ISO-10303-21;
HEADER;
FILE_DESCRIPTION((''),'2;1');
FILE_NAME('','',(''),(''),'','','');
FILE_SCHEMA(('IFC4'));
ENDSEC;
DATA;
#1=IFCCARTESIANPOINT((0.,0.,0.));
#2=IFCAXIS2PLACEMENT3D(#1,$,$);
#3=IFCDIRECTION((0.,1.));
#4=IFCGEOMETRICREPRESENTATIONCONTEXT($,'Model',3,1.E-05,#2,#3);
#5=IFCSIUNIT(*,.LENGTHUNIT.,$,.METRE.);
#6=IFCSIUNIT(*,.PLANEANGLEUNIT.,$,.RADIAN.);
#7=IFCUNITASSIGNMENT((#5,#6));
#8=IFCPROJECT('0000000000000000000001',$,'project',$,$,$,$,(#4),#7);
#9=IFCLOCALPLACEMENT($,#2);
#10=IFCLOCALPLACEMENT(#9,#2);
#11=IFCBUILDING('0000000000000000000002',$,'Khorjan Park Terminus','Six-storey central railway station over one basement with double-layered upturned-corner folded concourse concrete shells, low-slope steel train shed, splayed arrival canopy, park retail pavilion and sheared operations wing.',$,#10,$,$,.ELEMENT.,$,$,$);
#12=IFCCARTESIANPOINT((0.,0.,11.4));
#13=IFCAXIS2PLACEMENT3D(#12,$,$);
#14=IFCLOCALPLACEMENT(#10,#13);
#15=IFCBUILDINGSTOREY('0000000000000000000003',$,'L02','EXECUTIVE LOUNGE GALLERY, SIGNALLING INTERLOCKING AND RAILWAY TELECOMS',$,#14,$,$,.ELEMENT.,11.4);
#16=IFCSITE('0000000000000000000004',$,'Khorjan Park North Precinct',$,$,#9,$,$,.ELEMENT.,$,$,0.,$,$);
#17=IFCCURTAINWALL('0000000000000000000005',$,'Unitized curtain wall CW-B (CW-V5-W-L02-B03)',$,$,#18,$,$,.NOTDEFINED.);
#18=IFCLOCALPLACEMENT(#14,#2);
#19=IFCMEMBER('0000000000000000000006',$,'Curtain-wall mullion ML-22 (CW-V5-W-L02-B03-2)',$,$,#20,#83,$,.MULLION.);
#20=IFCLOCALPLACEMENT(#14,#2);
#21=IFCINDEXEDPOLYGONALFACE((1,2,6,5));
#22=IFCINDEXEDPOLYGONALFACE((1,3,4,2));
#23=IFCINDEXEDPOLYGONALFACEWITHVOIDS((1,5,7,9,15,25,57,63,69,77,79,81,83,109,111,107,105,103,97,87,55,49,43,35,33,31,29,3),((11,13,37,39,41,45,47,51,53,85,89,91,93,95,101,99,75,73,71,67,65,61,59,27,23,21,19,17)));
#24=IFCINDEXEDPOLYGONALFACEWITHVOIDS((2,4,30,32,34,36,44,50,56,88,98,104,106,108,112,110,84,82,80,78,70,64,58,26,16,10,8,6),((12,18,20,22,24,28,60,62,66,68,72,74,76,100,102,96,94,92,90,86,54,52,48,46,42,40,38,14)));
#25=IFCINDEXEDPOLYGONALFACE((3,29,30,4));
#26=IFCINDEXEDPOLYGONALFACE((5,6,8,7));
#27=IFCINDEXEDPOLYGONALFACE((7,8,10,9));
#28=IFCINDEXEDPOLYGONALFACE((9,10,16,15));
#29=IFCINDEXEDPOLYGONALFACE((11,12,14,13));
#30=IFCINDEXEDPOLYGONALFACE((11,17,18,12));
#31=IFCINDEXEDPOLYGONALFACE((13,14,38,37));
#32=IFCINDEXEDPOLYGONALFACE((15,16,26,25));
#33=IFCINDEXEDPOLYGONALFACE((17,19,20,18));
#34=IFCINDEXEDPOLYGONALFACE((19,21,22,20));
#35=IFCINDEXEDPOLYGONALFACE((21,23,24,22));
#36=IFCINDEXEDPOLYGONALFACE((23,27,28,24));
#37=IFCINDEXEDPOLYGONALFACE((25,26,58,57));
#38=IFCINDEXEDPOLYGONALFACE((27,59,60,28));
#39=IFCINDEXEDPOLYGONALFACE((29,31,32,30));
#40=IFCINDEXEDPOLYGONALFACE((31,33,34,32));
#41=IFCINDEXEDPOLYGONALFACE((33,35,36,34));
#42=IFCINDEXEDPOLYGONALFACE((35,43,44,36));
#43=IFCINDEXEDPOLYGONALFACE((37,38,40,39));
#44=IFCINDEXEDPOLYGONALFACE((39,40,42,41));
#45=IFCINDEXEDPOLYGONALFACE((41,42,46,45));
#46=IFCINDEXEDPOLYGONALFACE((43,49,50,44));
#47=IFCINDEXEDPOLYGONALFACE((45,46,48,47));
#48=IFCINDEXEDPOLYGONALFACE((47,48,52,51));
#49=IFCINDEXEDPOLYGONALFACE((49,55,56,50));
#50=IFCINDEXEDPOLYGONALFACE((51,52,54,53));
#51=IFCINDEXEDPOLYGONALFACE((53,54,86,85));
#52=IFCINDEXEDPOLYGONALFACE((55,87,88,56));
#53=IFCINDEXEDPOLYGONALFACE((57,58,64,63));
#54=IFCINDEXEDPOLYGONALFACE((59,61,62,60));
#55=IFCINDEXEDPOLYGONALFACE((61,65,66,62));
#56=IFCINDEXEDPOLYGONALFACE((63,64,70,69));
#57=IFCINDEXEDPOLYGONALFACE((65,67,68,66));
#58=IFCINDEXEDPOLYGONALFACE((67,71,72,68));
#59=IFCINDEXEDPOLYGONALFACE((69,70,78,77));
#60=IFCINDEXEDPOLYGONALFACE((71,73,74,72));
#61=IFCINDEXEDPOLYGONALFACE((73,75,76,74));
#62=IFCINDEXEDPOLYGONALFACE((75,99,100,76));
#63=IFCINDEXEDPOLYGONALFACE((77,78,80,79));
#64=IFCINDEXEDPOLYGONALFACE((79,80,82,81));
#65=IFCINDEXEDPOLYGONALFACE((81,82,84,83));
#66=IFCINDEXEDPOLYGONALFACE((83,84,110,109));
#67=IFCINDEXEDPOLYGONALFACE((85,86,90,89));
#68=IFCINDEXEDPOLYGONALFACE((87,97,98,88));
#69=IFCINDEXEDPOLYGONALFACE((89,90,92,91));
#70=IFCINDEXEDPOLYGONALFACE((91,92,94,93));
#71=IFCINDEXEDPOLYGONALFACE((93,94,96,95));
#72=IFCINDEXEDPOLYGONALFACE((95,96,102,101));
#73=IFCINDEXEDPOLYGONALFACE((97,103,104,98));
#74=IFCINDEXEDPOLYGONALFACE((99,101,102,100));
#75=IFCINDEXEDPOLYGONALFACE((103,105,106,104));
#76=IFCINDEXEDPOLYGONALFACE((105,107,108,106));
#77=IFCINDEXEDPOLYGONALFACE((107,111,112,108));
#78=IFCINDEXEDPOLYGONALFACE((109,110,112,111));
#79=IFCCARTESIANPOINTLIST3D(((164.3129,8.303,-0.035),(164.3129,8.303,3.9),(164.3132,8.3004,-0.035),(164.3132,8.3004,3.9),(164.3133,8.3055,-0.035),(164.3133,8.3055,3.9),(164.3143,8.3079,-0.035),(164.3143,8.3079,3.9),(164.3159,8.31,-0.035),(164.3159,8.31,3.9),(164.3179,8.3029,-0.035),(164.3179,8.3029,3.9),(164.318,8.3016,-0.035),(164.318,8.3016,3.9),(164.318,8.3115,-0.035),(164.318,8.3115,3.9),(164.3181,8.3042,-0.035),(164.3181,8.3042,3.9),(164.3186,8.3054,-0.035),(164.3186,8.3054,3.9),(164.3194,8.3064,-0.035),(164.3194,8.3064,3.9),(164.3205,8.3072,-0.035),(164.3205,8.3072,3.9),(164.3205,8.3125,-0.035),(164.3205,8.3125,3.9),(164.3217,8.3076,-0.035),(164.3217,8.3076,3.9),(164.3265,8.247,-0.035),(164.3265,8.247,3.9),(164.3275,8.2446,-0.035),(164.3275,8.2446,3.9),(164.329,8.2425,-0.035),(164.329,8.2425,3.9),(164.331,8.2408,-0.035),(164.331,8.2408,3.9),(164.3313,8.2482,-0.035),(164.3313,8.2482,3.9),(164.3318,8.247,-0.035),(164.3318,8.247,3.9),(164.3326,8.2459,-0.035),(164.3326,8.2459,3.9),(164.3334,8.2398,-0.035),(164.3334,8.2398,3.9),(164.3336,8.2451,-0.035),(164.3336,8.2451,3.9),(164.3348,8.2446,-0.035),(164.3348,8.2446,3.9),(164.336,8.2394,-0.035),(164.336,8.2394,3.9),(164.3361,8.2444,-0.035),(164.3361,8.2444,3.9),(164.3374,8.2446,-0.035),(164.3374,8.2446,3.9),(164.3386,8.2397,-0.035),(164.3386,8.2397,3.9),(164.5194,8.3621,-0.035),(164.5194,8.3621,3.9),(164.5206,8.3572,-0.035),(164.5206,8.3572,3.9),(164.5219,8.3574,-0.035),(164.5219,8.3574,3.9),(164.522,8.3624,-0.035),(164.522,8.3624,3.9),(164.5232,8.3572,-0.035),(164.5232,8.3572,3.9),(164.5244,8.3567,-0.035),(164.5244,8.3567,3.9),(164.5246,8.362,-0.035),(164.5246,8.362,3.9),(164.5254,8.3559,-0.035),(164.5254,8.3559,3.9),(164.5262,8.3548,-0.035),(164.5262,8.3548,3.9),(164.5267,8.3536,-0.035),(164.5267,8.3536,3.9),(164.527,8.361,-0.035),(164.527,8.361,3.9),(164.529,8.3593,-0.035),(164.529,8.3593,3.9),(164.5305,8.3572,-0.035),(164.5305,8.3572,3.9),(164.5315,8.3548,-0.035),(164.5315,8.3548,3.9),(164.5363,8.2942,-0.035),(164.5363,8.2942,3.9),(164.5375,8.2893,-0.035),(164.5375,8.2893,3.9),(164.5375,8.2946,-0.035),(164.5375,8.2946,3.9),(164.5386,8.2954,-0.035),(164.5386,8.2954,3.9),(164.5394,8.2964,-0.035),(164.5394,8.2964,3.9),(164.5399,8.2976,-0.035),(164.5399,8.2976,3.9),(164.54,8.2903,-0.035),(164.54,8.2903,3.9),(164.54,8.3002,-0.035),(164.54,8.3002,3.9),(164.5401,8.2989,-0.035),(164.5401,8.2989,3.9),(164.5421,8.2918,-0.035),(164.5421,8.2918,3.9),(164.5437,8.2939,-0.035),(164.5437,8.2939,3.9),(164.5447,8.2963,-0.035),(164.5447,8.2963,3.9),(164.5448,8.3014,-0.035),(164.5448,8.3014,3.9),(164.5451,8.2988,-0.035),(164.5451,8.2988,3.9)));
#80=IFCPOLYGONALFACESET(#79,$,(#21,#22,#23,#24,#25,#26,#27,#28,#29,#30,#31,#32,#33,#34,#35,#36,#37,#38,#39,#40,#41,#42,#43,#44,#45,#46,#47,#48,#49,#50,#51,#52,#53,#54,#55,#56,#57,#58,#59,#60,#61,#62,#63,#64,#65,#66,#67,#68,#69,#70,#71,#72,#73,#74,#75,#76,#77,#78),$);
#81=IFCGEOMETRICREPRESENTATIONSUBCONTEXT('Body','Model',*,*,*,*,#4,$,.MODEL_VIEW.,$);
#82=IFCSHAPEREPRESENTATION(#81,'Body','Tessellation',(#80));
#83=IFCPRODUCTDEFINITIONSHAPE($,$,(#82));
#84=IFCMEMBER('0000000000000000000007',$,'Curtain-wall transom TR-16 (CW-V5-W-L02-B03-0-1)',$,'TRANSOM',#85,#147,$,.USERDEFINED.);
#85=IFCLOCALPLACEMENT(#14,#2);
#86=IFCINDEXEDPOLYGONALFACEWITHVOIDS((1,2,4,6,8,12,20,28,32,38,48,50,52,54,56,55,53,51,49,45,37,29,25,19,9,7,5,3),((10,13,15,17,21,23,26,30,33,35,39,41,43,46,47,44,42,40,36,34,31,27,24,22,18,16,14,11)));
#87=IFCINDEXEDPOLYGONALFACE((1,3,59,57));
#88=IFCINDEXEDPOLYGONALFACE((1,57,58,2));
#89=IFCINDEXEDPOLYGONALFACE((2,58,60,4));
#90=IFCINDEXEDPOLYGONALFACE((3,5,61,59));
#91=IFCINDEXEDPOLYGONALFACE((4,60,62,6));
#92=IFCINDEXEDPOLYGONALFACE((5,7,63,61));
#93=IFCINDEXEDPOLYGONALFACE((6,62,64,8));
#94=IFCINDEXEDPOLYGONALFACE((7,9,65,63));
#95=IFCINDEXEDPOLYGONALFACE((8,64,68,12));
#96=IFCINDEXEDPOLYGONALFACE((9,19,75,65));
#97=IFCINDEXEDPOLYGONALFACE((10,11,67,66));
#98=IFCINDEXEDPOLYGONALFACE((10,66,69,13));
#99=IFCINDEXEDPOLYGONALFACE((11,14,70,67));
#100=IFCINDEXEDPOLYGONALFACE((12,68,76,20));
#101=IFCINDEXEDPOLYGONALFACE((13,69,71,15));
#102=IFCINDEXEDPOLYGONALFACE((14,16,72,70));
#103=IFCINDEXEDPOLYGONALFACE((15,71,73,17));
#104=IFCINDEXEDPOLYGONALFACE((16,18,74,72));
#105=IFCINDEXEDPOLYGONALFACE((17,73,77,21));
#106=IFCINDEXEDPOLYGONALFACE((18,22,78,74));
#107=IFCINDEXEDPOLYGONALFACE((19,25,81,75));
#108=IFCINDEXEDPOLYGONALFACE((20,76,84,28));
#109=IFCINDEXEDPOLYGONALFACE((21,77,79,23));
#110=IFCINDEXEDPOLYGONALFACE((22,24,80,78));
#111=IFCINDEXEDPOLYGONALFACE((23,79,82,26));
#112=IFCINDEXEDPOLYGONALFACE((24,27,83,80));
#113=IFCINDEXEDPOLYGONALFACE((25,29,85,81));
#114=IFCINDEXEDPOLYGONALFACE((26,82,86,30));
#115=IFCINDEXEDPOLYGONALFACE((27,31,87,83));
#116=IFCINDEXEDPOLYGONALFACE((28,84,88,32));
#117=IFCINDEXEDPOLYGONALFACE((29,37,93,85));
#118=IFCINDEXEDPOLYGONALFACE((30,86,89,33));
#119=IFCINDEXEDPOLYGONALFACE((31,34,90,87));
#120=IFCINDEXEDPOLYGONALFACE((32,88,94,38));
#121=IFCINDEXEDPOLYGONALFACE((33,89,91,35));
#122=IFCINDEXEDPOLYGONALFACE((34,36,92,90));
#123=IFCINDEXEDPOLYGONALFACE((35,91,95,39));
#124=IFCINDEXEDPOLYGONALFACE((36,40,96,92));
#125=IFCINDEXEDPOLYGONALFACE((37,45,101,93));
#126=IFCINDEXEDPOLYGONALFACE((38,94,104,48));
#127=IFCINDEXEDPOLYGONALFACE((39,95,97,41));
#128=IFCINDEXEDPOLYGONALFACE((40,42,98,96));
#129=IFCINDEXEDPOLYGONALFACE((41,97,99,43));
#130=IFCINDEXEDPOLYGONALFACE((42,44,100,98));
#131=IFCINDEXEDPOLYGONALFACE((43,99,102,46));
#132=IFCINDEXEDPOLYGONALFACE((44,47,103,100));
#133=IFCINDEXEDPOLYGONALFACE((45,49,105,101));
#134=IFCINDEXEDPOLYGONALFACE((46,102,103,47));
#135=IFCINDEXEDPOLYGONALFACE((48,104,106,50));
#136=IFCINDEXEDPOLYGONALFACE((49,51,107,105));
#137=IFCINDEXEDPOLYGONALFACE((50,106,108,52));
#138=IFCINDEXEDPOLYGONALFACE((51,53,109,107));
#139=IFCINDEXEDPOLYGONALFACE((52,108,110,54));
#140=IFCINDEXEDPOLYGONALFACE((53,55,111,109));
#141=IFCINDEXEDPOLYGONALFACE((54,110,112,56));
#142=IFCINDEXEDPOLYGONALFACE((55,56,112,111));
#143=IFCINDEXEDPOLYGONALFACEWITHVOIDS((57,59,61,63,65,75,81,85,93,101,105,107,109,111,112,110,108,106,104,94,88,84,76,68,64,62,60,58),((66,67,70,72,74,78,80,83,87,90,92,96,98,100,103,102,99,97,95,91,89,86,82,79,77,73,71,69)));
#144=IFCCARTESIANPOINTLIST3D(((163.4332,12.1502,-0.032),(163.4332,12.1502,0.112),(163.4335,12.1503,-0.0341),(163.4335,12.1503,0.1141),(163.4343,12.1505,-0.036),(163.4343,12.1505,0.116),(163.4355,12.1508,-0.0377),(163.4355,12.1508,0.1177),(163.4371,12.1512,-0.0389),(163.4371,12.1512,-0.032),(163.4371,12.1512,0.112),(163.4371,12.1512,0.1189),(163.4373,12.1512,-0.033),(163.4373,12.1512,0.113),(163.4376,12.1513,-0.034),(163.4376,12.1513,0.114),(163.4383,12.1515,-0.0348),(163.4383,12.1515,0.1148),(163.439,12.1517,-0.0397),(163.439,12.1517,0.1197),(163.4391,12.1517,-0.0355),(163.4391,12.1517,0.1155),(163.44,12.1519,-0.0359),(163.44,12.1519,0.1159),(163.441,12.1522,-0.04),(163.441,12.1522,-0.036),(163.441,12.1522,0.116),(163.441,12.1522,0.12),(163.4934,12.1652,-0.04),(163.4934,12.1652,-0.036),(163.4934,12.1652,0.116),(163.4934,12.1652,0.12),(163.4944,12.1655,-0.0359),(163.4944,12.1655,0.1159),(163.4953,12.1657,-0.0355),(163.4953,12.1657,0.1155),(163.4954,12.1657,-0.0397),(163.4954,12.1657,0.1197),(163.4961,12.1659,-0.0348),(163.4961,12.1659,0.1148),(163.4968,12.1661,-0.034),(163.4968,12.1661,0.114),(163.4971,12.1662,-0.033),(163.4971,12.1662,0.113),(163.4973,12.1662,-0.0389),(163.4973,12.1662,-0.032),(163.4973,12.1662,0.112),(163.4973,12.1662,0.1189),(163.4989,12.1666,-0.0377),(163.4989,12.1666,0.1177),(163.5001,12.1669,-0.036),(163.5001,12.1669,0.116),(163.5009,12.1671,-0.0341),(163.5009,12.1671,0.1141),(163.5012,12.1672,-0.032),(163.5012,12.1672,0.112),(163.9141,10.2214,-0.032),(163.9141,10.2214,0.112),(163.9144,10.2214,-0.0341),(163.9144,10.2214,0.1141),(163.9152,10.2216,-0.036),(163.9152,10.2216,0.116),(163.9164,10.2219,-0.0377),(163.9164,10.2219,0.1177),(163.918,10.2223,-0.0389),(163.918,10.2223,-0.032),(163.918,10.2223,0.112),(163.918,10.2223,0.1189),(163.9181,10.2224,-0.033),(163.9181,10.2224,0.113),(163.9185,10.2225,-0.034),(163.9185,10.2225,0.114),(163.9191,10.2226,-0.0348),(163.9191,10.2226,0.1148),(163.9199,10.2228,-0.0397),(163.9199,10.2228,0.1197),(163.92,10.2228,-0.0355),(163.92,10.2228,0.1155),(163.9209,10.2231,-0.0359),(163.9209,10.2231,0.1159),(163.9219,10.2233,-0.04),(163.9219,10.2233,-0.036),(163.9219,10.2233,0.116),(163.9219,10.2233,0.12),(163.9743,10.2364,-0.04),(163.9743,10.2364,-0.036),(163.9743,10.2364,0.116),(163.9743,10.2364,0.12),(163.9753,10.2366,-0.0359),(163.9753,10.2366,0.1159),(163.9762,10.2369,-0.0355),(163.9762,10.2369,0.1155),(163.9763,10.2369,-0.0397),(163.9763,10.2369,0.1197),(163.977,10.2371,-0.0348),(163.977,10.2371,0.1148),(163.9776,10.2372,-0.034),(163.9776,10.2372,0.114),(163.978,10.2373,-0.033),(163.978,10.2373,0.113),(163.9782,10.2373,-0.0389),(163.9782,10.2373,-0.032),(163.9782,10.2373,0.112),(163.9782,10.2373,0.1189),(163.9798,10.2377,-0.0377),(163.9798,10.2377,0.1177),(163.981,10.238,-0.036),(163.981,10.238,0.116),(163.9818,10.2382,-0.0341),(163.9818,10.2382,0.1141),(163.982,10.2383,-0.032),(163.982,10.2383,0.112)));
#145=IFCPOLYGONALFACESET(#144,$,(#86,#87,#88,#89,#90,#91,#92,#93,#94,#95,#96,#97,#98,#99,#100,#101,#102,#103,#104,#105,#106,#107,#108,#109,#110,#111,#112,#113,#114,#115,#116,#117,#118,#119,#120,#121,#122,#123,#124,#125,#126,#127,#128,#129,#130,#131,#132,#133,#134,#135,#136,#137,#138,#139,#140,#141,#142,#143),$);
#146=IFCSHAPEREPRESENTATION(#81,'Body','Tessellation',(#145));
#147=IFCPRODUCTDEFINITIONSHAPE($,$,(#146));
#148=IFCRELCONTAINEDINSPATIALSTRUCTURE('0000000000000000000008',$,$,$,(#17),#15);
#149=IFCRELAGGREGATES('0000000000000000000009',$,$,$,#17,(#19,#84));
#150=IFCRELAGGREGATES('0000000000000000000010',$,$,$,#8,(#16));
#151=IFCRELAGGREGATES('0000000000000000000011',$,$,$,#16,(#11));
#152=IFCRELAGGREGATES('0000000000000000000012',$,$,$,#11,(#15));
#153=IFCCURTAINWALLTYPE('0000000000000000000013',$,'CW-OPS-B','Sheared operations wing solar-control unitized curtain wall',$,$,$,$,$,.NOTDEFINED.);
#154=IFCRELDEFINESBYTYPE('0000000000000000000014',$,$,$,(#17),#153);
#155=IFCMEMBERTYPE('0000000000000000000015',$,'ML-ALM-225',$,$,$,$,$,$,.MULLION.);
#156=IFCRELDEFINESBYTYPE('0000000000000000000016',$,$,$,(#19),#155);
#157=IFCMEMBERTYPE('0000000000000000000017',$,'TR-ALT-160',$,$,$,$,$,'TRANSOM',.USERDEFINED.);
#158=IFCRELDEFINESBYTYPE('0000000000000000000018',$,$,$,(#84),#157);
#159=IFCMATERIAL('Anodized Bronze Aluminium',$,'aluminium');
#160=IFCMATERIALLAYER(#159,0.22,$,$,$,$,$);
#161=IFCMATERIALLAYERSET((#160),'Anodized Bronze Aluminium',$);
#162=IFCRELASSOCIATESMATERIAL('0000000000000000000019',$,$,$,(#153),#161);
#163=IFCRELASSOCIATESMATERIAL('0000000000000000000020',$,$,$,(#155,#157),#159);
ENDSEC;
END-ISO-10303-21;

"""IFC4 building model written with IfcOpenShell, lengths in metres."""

from ifc_helpers import new_model, si_unit, direction, frame, origin, origin_2d, place, context, subcontext, project, spatial, hollow_rectangle, extrude, material, layer, layer_set, material_profile, profile_set, type_object, element, aggregate, save


model = new_model("IFC4")

# Units and contexts
model_context = context("Model", 3, precision=1e-05, world=origin(), true_north=direction((0.0, 1.0)))
body_context = subcontext(model_context, "Body", "Model", "MODEL_VIEW")
ifc_project = project(units=[si_unit("LENGTHUNIT", "METRE"), si_unit("PLANEANGLEUNIT", "RADIAN")], contexts=[model_context])

# Site, building, storey
site_placement = place(None, origin())
site = spatial("IfcSite", under=ifc_project, at=site_placement, Name="Khorjan Park North Precinct", CompositionType="ELEMENT", RefElevation=0.0)
building_placement = place(site_placement, origin())
building = spatial("IfcBuilding", under=site, at=building_placement, Name="Khorjan Park Terminus", Description="Six-storey central railway station over one basement with double-layered upturned-corner folded concourse concrete shells, low-slope steel train shed, splayed arrival canopy, park retail pavilion and sheared operations wing.", CompositionType="ELEMENT")
storey_placement = place(building_placement, frame((0.0, 0.0, 11.4)))
storey = spatial("IfcBuildingStorey", under=building, at=storey_placement, Name="L02", Description="EXECUTIVE LOUNGE GALLERY, SIGNALLING INTERLOCKING AND RAILWAY TELECOMS", CompositionType="ELEMENT", Elevation=11.4)

# Curtain wall, members
ifc_material_1 = material(Name="Anodized Bronze Aluminium", Category="aluminium")
ifc_layer_1 = layer(ifc_material_1, 0.22)
ifc_layer_set_1 = layer_set([ifc_layer_1], Name="Anodized Bronze Aluminium")
curtain_wall_type = type_object("IfcCurtainWallType", Name="CW-OPS-B", Description="Sheared operations wing solar-control unitized curtain wall", PredefinedType="NOTDEFINED", material=ifc_layer_set_1)
curtain_wall_placement = place(storey_placement, origin())
curtain_wall = element("IfcCurtainWall", 1, at=curtain_wall_placement, inside=storey, type_object=curtain_wall_type, Name="Unitized curtain wall CW-B (CW-V5-W-L02-B03)", PredefinedType="NOTDEFINED")
ifc_material_profile_1 = material_profile(ifc_material_1, hollow_rectangle(XDim=0.075, YDim=0.225, WallThickness=0.005, InnerFilletRadius=0.005, OuterFilletRadius=0.01, at=origin_2d()), Name="ALM 75x225x5")
ifc_profile_set_1 = profile_set([ifc_material_profile_1], Name="Anodized Bronze Aluminium")
member_type_1 = type_object("IfcMemberType", Name="ML-ALM-225", PredefinedType="MULLION", material=ifc_profile_set_1)
member_1_placement = place(storey_placement, frame((164.429, 8.3009, -0.035), z_axis=(0.0, 0.0, 1.0), x_axis=(0.24192, -0.970296, 0.0)))
member_1 = element("IfcMember", 2, at=member_1_placement, type_object=member_type_1, Name="Curtain-wall mullion ML-22 (CW-V5-W-L02-B03-2)", PredefinedType="MULLION", context=body_context, shape_type="SweptSolid", body=[
    extrude(hollow_rectangle(XDim=0.075, YDim=0.225, WallThickness=0.005, InnerFilletRadius=0.005, OuterFilletRadius=0.01, at=origin_2d()), origin(), (0.0, 0.0, 1.0), 3.935),
])
ifc_material_profile_2 = material_profile(ifc_material_1, hollow_rectangle(XDim=0.07, YDim=0.16, WallThickness=0.004, InnerFilletRadius=0.004, OuterFilletRadius=0.008, at=origin_2d()), Name="ALT 70x160x4")
ifc_profile_set_2 = profile_set([ifc_material_profile_2], Name="Anodized Bronze Aluminium")
member_type_2 = type_object("IfcMemberType", Name="TR-ALT-160", ElementType="TRANSOM", PredefinedType="USERDEFINED", material=ifc_profile_set_2)
member_2_placement = place(storey_placement, frame((163.4672, 12.1587, 0.04), z_axis=(0.241908, -0.970299, 0.0), x_axis=(0.970299, 0.241908, 0.0)))
member_2 = element("IfcMember", 3, at=member_2_placement, type_object=member_type_2, Name="Curtain-wall transom TR-16 (CW-V5-W-L02-B03-0-1)", ObjectType="TRANSOM", PredefinedType="USERDEFINED", context=body_context, shape_type="SweptSolid", body=[
    extrude(hollow_rectangle(XDim=0.07, YDim=0.16, WallThickness=0.004, InnerFilletRadius=0.004, OuterFilletRadius=0.008, at=origin_2d()), origin(), (0.0, 0.0, 1.0), 1.9879),
])
aggregate(curtain_wall, [member_1, member_2])

save(model, "model.ifc")
